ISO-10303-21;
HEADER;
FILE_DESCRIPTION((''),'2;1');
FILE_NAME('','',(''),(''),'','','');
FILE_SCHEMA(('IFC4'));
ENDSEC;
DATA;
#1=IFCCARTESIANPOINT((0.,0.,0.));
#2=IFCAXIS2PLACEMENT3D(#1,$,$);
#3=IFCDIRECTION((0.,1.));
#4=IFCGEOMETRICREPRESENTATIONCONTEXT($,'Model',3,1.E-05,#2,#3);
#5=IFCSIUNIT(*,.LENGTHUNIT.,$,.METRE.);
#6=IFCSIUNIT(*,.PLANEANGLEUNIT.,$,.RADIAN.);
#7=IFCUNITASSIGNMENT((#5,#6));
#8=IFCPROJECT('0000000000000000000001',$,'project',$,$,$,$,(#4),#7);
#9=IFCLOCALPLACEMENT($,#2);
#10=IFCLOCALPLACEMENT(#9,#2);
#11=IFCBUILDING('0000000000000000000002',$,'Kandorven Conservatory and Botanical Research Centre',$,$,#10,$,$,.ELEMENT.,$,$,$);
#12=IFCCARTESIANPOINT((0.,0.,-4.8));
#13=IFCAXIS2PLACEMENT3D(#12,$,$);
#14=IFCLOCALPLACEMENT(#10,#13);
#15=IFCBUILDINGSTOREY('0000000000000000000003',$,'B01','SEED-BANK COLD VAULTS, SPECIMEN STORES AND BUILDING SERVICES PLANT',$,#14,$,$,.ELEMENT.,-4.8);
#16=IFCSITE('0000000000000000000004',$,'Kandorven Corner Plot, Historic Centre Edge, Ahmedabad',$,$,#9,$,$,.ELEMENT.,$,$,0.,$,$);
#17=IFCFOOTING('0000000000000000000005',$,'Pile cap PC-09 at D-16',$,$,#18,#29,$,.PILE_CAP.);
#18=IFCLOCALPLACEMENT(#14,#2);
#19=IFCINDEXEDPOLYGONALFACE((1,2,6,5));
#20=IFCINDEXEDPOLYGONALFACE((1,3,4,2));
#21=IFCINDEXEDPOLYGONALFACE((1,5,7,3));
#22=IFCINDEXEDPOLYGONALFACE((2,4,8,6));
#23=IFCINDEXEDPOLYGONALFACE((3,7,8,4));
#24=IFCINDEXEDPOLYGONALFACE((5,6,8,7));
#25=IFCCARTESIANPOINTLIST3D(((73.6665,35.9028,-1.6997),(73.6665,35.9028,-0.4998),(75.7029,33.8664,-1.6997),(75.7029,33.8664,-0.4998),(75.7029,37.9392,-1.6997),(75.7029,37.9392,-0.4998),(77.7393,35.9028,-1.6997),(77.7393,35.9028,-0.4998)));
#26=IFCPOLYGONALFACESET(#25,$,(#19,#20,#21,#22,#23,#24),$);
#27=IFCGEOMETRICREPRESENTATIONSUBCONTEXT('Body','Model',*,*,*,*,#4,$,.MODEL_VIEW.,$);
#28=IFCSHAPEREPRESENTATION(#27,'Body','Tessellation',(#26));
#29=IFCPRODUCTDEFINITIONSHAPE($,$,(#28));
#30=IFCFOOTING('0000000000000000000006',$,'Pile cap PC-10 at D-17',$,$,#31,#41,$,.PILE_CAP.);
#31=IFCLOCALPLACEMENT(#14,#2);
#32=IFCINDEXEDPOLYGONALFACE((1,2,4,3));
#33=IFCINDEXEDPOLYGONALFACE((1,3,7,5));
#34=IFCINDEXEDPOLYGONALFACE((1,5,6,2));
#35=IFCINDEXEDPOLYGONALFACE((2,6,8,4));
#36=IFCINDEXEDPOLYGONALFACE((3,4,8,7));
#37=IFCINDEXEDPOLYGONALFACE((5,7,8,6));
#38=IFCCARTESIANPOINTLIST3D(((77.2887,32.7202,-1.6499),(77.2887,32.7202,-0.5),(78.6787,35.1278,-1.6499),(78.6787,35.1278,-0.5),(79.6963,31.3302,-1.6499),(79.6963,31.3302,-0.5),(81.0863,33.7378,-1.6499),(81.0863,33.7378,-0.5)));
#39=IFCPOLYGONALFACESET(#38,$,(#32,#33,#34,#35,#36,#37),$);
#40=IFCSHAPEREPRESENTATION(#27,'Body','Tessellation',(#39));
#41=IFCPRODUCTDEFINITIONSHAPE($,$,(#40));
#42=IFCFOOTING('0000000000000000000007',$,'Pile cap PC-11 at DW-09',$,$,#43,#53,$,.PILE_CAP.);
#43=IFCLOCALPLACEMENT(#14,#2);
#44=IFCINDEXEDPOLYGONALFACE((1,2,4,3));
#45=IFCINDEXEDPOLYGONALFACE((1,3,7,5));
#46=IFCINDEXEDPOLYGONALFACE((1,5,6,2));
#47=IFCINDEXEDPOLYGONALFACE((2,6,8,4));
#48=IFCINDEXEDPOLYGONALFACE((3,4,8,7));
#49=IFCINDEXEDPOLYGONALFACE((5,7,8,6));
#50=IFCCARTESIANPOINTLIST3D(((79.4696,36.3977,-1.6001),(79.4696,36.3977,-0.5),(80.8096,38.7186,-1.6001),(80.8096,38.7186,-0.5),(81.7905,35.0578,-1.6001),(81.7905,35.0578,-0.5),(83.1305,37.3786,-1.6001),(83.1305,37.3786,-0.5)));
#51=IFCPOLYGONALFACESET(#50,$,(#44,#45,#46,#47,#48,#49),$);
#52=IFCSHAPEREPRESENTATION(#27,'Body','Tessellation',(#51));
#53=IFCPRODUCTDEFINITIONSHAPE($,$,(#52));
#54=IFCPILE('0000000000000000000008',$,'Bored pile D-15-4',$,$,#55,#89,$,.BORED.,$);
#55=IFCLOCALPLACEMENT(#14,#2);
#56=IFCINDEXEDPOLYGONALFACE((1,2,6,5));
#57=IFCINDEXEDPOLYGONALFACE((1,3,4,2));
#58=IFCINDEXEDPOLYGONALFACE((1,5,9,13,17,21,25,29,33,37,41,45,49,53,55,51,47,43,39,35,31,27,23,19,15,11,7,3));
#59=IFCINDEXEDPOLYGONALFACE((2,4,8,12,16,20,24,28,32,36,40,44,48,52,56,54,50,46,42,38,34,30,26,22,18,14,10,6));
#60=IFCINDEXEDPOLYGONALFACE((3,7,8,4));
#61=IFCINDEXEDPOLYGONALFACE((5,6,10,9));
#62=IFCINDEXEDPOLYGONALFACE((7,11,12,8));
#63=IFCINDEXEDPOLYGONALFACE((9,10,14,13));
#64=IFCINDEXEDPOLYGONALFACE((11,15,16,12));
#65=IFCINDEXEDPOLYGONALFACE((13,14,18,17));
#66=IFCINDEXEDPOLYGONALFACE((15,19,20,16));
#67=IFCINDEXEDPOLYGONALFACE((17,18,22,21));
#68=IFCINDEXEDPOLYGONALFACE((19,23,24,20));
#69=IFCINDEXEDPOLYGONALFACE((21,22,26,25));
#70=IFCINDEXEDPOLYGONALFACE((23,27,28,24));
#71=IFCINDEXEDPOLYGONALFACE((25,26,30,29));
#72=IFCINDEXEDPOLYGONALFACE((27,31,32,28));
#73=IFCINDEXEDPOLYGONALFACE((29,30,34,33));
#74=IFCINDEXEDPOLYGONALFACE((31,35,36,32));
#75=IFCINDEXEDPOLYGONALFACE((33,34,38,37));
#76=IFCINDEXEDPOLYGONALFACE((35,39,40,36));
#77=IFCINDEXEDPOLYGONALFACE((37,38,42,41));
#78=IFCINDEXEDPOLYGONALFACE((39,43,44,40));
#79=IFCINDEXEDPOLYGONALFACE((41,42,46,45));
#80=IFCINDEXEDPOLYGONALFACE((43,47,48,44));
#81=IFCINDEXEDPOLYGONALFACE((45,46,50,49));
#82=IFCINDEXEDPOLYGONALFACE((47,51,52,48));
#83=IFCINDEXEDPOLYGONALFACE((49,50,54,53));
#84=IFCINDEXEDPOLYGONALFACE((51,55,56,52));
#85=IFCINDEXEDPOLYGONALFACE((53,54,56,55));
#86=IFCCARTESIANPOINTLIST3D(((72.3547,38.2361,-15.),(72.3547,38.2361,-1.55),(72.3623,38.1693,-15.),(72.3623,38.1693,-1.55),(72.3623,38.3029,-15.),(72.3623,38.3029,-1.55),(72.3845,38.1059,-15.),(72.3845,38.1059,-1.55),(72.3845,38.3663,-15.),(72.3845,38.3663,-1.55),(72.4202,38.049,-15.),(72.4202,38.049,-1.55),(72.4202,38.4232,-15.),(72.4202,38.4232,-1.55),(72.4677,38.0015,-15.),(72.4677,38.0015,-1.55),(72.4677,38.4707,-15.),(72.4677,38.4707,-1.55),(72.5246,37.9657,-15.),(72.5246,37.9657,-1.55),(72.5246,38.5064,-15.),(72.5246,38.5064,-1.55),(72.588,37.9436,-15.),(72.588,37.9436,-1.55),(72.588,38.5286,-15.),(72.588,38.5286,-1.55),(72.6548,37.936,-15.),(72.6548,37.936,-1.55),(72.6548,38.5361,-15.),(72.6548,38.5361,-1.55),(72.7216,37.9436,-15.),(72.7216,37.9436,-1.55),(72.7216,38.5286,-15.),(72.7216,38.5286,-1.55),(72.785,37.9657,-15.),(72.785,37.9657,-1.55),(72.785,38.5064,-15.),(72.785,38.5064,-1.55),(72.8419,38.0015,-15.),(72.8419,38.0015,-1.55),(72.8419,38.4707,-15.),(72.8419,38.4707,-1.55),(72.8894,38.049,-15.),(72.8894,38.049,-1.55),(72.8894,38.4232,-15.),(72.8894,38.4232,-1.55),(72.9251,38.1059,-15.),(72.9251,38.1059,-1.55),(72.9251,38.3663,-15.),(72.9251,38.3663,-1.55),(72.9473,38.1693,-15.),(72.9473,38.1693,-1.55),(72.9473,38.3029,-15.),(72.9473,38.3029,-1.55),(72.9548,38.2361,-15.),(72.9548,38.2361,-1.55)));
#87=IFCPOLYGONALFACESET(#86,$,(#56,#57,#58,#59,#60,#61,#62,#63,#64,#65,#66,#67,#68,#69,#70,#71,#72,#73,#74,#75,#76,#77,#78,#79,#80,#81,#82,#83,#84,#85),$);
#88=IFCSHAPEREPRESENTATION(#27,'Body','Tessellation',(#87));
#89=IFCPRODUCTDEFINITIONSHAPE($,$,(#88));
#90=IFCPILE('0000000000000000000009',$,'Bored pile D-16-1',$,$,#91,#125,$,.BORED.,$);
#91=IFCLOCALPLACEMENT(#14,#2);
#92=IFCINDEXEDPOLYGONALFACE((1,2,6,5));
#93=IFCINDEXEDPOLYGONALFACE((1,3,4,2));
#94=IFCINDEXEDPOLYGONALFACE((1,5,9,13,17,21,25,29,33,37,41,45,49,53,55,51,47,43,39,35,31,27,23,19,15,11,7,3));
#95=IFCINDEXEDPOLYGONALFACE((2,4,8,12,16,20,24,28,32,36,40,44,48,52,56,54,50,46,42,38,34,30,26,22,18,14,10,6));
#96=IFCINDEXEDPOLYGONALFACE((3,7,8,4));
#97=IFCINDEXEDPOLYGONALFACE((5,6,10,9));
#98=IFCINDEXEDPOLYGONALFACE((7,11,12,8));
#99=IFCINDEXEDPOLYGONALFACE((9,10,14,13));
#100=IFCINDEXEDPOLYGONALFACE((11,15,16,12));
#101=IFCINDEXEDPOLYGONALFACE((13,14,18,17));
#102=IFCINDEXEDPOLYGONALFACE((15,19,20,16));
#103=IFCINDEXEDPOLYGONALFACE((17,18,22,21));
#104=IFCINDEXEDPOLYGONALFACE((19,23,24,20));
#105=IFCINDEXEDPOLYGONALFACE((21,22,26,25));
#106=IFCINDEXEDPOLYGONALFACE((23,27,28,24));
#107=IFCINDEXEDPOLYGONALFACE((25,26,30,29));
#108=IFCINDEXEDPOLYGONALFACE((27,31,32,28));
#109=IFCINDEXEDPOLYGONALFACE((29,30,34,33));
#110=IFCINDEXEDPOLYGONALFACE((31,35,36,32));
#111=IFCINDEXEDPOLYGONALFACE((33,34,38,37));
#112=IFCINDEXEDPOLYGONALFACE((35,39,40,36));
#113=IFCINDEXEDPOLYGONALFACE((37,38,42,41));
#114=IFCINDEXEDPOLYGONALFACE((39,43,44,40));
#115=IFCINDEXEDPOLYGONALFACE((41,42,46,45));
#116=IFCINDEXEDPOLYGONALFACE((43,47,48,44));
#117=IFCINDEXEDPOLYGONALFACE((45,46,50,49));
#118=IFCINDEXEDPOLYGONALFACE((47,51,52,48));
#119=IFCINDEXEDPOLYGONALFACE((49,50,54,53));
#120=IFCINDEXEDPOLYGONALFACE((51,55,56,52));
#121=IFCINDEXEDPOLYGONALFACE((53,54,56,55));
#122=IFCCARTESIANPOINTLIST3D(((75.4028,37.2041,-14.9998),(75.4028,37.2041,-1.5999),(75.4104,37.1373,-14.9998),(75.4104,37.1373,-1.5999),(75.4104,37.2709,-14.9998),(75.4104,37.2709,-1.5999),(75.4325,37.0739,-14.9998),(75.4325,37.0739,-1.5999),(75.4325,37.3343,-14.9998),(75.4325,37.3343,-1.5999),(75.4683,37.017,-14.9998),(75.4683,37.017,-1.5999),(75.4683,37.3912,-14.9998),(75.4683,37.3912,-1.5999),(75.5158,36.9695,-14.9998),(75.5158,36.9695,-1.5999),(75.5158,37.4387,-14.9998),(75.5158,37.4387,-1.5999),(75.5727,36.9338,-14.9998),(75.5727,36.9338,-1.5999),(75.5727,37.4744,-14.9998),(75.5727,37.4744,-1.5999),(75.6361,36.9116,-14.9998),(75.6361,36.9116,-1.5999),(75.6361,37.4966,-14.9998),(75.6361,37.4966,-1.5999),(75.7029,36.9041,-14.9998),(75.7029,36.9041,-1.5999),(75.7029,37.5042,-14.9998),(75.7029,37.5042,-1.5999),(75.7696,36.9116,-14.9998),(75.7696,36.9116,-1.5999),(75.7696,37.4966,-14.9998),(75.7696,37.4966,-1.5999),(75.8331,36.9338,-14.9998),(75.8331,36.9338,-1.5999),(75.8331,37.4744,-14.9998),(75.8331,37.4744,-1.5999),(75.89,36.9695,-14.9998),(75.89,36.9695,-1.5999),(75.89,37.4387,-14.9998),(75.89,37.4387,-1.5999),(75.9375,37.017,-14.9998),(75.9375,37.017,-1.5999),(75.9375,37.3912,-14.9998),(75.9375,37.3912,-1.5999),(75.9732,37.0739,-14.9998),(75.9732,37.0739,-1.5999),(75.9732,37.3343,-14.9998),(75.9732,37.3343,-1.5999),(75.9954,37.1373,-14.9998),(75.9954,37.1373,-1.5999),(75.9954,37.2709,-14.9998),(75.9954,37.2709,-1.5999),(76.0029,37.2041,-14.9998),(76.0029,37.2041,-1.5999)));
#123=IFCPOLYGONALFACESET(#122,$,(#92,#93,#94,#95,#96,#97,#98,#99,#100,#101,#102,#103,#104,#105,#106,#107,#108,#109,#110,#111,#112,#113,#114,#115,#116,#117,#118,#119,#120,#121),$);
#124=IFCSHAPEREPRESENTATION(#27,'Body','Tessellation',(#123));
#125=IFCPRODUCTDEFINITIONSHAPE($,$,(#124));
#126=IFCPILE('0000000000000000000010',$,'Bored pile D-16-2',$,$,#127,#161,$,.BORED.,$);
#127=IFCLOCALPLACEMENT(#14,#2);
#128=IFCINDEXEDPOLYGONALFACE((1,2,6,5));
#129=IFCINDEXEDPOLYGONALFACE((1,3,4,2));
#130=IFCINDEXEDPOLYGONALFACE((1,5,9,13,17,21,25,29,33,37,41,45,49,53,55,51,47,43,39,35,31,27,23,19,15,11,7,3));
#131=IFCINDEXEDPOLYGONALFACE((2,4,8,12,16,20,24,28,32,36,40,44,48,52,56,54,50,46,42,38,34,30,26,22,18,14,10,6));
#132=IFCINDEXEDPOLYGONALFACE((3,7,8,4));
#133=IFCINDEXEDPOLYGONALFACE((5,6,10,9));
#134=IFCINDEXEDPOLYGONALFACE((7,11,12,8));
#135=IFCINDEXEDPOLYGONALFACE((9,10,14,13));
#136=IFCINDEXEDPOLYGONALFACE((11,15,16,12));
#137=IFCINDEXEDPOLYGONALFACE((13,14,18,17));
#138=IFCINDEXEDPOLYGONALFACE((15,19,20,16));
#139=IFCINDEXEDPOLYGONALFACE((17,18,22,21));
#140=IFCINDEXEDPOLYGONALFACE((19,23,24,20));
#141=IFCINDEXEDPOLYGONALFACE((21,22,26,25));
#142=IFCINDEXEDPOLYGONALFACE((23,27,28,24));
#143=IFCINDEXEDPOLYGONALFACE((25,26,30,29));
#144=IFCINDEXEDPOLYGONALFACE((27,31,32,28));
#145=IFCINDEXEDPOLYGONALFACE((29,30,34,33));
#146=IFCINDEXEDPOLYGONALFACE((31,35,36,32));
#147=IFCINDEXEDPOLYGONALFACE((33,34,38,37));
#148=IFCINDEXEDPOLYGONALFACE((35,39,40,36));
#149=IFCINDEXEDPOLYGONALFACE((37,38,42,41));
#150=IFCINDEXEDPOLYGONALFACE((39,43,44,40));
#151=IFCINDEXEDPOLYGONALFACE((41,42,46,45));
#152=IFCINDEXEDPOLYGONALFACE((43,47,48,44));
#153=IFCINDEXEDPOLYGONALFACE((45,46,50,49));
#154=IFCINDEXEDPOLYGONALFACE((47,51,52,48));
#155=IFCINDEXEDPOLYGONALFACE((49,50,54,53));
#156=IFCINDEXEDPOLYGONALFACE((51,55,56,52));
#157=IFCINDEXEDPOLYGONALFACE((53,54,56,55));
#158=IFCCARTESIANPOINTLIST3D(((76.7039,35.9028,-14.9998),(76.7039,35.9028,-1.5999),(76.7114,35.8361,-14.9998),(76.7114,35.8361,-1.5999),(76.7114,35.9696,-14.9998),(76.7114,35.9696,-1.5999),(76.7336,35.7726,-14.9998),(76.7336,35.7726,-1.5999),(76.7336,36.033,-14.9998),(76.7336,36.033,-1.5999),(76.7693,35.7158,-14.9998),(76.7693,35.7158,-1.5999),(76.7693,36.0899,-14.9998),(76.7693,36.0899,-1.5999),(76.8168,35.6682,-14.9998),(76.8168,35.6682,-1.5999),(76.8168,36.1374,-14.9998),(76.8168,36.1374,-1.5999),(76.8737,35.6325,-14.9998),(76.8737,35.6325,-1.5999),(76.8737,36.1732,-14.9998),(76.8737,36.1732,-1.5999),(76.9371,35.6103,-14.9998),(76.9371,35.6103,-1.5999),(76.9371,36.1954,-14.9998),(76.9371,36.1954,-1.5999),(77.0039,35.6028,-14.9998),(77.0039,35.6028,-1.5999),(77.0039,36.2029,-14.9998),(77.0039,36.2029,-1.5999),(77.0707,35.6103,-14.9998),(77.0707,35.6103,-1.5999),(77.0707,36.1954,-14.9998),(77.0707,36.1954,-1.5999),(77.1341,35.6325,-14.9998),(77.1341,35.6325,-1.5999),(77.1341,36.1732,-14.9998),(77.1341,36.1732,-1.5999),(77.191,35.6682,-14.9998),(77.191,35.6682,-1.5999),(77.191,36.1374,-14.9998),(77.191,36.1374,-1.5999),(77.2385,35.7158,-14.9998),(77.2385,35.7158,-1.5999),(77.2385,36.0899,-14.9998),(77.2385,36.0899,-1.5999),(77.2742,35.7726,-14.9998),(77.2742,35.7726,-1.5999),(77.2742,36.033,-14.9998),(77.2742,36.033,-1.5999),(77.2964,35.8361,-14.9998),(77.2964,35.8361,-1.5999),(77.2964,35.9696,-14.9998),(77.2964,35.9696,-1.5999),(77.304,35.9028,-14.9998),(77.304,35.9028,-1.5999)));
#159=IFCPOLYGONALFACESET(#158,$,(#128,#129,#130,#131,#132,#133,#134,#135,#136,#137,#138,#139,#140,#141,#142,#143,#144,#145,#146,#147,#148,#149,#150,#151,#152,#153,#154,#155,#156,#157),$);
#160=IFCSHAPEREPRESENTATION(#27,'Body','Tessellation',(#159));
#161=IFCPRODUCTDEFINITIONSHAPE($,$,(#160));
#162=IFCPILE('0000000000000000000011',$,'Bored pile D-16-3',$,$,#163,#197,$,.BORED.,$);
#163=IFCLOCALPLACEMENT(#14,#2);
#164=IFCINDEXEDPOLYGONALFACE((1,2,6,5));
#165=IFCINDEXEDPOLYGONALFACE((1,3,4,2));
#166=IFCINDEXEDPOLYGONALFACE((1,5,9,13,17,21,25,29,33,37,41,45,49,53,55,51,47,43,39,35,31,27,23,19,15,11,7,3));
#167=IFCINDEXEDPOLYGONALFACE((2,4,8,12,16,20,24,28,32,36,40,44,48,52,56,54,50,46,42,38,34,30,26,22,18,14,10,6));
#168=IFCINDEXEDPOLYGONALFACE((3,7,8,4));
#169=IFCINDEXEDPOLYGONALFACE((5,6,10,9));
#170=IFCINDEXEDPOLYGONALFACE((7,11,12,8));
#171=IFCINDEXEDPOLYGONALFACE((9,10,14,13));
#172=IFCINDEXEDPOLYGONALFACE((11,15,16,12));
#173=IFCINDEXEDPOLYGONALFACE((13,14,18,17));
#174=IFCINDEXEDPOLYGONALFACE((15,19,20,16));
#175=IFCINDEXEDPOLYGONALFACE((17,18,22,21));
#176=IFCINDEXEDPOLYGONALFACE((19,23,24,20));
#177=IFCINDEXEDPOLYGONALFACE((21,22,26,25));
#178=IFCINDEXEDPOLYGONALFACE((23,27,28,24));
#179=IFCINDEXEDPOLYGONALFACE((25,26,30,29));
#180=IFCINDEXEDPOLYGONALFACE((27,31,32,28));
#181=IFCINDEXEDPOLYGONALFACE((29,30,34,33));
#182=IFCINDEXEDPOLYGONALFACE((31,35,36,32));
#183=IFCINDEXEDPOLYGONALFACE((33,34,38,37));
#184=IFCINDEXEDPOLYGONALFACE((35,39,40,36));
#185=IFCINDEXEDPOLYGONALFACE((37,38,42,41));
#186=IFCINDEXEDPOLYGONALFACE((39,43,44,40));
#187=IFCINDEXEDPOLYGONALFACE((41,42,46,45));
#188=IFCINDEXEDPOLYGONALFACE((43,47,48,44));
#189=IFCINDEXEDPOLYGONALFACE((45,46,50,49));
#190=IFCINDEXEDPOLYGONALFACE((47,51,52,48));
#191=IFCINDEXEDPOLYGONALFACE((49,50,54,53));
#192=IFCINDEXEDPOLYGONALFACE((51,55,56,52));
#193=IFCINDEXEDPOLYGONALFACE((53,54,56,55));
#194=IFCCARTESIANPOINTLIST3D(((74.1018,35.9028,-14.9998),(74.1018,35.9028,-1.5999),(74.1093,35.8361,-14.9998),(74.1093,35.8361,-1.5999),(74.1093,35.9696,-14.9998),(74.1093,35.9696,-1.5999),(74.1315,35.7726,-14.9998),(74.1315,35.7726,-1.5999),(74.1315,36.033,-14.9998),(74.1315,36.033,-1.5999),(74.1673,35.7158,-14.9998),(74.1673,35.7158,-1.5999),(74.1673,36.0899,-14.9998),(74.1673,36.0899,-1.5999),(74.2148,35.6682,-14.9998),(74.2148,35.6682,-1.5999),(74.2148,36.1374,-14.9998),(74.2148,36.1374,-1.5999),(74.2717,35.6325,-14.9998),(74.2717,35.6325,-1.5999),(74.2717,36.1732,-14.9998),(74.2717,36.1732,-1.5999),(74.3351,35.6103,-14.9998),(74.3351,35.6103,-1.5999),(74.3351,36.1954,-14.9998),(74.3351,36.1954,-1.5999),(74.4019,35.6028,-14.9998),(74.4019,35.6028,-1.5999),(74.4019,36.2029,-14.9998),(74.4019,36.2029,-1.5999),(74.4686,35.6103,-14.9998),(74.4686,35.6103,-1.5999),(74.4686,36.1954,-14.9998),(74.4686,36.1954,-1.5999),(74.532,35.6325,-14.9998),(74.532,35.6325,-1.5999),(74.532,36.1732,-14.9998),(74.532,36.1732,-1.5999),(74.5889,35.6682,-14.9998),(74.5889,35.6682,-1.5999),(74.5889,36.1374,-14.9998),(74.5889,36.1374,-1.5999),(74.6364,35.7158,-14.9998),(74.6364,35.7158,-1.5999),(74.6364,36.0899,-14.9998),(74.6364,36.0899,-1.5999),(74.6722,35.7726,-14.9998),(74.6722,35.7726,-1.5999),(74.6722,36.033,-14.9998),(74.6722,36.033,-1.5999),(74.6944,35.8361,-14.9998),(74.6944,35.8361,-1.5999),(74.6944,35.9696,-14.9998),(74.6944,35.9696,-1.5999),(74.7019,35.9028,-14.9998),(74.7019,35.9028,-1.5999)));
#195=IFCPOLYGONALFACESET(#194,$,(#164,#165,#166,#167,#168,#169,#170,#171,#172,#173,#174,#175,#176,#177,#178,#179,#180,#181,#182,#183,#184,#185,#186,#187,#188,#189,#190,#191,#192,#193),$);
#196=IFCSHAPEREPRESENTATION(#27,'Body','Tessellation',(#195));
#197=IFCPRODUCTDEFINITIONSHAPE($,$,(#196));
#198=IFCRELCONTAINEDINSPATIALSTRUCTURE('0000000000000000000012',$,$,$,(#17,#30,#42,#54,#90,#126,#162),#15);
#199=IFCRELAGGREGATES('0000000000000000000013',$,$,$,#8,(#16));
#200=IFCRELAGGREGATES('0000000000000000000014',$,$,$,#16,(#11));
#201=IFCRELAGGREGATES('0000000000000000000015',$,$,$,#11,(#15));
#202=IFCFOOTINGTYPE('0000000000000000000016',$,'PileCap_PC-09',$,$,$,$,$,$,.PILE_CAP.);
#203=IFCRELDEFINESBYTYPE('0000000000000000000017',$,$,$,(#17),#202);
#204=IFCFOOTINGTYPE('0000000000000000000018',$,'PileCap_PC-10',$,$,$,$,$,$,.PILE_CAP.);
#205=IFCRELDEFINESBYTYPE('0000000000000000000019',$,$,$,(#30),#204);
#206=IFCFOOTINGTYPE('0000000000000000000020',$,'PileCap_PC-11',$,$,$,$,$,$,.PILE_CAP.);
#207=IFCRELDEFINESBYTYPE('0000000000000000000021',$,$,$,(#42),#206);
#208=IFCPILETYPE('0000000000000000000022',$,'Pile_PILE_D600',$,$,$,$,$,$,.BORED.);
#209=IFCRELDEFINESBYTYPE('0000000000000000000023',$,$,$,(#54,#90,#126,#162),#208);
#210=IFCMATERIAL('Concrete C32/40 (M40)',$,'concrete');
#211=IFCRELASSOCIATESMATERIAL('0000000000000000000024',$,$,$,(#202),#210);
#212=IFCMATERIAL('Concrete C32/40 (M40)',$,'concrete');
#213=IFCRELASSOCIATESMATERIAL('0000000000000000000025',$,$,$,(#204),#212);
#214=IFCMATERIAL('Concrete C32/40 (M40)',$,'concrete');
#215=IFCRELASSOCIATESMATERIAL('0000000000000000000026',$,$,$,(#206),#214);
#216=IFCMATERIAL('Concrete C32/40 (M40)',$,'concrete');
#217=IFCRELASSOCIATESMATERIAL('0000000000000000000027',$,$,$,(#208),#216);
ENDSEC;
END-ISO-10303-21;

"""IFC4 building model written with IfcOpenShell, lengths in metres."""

from ifc_helpers import new_model, si_unit, direction, frame, origin, origin_2d, place, context, subcontext, project, spatial, rectangle, circle, extrude, material, material_profile, profile_set, type_object, element, save


model = new_model("IFC4")

# Units and contexts
model_context = context("Model", 3, precision=1e-05, world=origin(), true_north=direction((0.0, 1.0)))
body_context = subcontext(model_context, "Body", "Model", "MODEL_VIEW")
ifc_project = project(units=[si_unit("LENGTHUNIT", "METRE"), si_unit("PLANEANGLEUNIT", "RADIAN")], contexts=[model_context])

# Site, building, storey
site_placement = place(None, origin())
site = spatial("IfcSite", under=ifc_project, at=site_placement, Name="Kandorven Corner Plot, Historic Centre Edge, Ahmedabad", CompositionType="ELEMENT", RefElevation=0.0)
building_placement = place(site_placement, origin())
building = spatial("IfcBuilding", under=site, at=building_placement, Name="Kandorven Conservatory and Botanical Research Centre", CompositionType="ELEMENT")
storey_placement = place(building_placement, frame((0.0, 0.0, -4.8)))
storey = spatial("IfcBuildingStorey", under=building, at=storey_placement, Name="B01", Description="SEED-BANK COLD VAULTS, SPECIMEN STORES AND BUILDING SERVICES PLANT", CompositionType="ELEMENT", Elevation=-4.8)

# Footings
ifc_material_1 = material(Name="Concrete C32/40 (M40)", Category="concrete")
footing_type_1 = type_object("IfcFootingType", Name="PileCap_PC-09", PredefinedType="PILE_CAP", material=ifc_material_1)
footing_1_placement = place(storey_placement, frame((75.7029, 35.9028, -1.6997), z_axis=(0.0, 0.0, 1.0), x_axis=(-0.707107, -0.707107, 0.0)))
element("IfcFooting", 1, at=footing_1_placement, inside=storey, type_object=footing_type_1, Name="Pile cap PC-09 at D-16", PredefinedType="PILE_CAP", context=body_context, shape_type="SweptSolid", body=[
    extrude(rectangle(XDim=2.8799, YDim=2.8799, at=origin_2d()), origin(), (0.0, 0.0, 1.0), 1.2),
])
ifc_material_2 = material(Name="Concrete C32/40 (M40)", Category="concrete")
footing_type_2 = type_object("IfcFootingType", Name="PileCap_PC-10", PredefinedType="PILE_CAP", material=ifc_material_2)
footing_2_placement = place(storey_placement, frame((79.1875, 33.229, -1.6499), z_axis=(0.0, 0.0, 1.0), x_axis=(-0.5, -0.866025, 0.0)))
element("IfcFooting", 2, at=footing_2_placement, inside=storey, type_object=footing_type_2, Name="Pile cap PC-10 at D-17", PredefinedType="PILE_CAP", context=body_context, shape_type="SweptSolid", body=[
    extrude(rectangle(XDim=2.78, YDim=2.78, at=origin_2d()), origin(), (0.0, 0.0, 1.0), 1.1499),
])
ifc_material_3 = material(Name="Concrete C32/40 (M40)", Category="concrete")
footing_type_3 = type_object("IfcFootingType", Name="PileCap_PC-11", PredefinedType="PILE_CAP", material=ifc_material_3)
footing_3_placement = place(storey_placement, frame((81.3, 36.8882, -1.6001), z_axis=(0.0, 0.0, 1.0), x_axis=(-0.5, -0.866025, 0.0)))
element("IfcFooting", 3, at=footing_3_placement, inside=storey, type_object=footing_type_3, Name="Pile cap PC-11 at DW-09", PredefinedType="PILE_CAP", context=body_context, shape_type="SweptSolid", body=[
    extrude(rectangle(XDim=2.6799, YDim=2.6799, at=origin_2d()), origin(), (0.0, 0.0, 1.0), 1.1001),
])

# Piles
ifc_material_4 = material(Name="Concrete C32/40 (M40)", Category="concrete")
ifc_material_profile_1 = material_profile(ifc_material_4, circle(Radius=0.3, at=origin_2d()))
ifc_profile_set_1 = profile_set([ifc_material_profile_1], Name="Concrete C32/40 (M40)")
pile_type = type_object("IfcPileType", Name="Pile_PILE_D600", PredefinedType="BORED", material=ifc_profile_set_1)
pile_placement = place(storey_placement, frame((72.6548, 38.2361, -1.55), z_axis=(0.0, 0.0, -1.0), x_axis=(1.0, 0.0, 0.0)))
element("IfcPile", 4, at=pile_placement, inside=storey, type_object=pile_type, Name="Bored pile D-15-4", PredefinedType="BORED", context=body_context, shape_type="SweptSolid", body=[
    extrude(circle(Radius=0.3, at=origin_2d()), origin(), (0.0, 0.0, 1.0), 13.45),
])
for number, where, z_axis, x_axis, name in (
    (5, (75.7029, 37.2041, -1.5999), (0.0, 0.0, -1.0), (1.0, 0.0, 0.0), "Bored pile D-16-1"),
    (6, (77.0039, 35.9028, -1.5999), (0.0, 0.0, -1.0), (1.0, 0.0, 0.0), "Bored pile D-16-2"),
    (7, (74.4019, 35.9028, -1.5999), (0.0, 0.0, -1.0), (1.0, 0.0, 0.0), "Bored pile D-16-3"),
):
    element("IfcPile", number, at=place(storey_placement, frame(where, z_axis=z_axis, x_axis=x_axis)), inside=storey, type_object=pile_type, Name=name, PredefinedType="BORED", context=body_context, shape_type="SweptSolid", body=[
        extrude(circle(Radius=0.3, at=origin_2d()), origin(), (0.0, 0.0, 1.0), 13.3999),
    ])

save(model, "model.ifc")
